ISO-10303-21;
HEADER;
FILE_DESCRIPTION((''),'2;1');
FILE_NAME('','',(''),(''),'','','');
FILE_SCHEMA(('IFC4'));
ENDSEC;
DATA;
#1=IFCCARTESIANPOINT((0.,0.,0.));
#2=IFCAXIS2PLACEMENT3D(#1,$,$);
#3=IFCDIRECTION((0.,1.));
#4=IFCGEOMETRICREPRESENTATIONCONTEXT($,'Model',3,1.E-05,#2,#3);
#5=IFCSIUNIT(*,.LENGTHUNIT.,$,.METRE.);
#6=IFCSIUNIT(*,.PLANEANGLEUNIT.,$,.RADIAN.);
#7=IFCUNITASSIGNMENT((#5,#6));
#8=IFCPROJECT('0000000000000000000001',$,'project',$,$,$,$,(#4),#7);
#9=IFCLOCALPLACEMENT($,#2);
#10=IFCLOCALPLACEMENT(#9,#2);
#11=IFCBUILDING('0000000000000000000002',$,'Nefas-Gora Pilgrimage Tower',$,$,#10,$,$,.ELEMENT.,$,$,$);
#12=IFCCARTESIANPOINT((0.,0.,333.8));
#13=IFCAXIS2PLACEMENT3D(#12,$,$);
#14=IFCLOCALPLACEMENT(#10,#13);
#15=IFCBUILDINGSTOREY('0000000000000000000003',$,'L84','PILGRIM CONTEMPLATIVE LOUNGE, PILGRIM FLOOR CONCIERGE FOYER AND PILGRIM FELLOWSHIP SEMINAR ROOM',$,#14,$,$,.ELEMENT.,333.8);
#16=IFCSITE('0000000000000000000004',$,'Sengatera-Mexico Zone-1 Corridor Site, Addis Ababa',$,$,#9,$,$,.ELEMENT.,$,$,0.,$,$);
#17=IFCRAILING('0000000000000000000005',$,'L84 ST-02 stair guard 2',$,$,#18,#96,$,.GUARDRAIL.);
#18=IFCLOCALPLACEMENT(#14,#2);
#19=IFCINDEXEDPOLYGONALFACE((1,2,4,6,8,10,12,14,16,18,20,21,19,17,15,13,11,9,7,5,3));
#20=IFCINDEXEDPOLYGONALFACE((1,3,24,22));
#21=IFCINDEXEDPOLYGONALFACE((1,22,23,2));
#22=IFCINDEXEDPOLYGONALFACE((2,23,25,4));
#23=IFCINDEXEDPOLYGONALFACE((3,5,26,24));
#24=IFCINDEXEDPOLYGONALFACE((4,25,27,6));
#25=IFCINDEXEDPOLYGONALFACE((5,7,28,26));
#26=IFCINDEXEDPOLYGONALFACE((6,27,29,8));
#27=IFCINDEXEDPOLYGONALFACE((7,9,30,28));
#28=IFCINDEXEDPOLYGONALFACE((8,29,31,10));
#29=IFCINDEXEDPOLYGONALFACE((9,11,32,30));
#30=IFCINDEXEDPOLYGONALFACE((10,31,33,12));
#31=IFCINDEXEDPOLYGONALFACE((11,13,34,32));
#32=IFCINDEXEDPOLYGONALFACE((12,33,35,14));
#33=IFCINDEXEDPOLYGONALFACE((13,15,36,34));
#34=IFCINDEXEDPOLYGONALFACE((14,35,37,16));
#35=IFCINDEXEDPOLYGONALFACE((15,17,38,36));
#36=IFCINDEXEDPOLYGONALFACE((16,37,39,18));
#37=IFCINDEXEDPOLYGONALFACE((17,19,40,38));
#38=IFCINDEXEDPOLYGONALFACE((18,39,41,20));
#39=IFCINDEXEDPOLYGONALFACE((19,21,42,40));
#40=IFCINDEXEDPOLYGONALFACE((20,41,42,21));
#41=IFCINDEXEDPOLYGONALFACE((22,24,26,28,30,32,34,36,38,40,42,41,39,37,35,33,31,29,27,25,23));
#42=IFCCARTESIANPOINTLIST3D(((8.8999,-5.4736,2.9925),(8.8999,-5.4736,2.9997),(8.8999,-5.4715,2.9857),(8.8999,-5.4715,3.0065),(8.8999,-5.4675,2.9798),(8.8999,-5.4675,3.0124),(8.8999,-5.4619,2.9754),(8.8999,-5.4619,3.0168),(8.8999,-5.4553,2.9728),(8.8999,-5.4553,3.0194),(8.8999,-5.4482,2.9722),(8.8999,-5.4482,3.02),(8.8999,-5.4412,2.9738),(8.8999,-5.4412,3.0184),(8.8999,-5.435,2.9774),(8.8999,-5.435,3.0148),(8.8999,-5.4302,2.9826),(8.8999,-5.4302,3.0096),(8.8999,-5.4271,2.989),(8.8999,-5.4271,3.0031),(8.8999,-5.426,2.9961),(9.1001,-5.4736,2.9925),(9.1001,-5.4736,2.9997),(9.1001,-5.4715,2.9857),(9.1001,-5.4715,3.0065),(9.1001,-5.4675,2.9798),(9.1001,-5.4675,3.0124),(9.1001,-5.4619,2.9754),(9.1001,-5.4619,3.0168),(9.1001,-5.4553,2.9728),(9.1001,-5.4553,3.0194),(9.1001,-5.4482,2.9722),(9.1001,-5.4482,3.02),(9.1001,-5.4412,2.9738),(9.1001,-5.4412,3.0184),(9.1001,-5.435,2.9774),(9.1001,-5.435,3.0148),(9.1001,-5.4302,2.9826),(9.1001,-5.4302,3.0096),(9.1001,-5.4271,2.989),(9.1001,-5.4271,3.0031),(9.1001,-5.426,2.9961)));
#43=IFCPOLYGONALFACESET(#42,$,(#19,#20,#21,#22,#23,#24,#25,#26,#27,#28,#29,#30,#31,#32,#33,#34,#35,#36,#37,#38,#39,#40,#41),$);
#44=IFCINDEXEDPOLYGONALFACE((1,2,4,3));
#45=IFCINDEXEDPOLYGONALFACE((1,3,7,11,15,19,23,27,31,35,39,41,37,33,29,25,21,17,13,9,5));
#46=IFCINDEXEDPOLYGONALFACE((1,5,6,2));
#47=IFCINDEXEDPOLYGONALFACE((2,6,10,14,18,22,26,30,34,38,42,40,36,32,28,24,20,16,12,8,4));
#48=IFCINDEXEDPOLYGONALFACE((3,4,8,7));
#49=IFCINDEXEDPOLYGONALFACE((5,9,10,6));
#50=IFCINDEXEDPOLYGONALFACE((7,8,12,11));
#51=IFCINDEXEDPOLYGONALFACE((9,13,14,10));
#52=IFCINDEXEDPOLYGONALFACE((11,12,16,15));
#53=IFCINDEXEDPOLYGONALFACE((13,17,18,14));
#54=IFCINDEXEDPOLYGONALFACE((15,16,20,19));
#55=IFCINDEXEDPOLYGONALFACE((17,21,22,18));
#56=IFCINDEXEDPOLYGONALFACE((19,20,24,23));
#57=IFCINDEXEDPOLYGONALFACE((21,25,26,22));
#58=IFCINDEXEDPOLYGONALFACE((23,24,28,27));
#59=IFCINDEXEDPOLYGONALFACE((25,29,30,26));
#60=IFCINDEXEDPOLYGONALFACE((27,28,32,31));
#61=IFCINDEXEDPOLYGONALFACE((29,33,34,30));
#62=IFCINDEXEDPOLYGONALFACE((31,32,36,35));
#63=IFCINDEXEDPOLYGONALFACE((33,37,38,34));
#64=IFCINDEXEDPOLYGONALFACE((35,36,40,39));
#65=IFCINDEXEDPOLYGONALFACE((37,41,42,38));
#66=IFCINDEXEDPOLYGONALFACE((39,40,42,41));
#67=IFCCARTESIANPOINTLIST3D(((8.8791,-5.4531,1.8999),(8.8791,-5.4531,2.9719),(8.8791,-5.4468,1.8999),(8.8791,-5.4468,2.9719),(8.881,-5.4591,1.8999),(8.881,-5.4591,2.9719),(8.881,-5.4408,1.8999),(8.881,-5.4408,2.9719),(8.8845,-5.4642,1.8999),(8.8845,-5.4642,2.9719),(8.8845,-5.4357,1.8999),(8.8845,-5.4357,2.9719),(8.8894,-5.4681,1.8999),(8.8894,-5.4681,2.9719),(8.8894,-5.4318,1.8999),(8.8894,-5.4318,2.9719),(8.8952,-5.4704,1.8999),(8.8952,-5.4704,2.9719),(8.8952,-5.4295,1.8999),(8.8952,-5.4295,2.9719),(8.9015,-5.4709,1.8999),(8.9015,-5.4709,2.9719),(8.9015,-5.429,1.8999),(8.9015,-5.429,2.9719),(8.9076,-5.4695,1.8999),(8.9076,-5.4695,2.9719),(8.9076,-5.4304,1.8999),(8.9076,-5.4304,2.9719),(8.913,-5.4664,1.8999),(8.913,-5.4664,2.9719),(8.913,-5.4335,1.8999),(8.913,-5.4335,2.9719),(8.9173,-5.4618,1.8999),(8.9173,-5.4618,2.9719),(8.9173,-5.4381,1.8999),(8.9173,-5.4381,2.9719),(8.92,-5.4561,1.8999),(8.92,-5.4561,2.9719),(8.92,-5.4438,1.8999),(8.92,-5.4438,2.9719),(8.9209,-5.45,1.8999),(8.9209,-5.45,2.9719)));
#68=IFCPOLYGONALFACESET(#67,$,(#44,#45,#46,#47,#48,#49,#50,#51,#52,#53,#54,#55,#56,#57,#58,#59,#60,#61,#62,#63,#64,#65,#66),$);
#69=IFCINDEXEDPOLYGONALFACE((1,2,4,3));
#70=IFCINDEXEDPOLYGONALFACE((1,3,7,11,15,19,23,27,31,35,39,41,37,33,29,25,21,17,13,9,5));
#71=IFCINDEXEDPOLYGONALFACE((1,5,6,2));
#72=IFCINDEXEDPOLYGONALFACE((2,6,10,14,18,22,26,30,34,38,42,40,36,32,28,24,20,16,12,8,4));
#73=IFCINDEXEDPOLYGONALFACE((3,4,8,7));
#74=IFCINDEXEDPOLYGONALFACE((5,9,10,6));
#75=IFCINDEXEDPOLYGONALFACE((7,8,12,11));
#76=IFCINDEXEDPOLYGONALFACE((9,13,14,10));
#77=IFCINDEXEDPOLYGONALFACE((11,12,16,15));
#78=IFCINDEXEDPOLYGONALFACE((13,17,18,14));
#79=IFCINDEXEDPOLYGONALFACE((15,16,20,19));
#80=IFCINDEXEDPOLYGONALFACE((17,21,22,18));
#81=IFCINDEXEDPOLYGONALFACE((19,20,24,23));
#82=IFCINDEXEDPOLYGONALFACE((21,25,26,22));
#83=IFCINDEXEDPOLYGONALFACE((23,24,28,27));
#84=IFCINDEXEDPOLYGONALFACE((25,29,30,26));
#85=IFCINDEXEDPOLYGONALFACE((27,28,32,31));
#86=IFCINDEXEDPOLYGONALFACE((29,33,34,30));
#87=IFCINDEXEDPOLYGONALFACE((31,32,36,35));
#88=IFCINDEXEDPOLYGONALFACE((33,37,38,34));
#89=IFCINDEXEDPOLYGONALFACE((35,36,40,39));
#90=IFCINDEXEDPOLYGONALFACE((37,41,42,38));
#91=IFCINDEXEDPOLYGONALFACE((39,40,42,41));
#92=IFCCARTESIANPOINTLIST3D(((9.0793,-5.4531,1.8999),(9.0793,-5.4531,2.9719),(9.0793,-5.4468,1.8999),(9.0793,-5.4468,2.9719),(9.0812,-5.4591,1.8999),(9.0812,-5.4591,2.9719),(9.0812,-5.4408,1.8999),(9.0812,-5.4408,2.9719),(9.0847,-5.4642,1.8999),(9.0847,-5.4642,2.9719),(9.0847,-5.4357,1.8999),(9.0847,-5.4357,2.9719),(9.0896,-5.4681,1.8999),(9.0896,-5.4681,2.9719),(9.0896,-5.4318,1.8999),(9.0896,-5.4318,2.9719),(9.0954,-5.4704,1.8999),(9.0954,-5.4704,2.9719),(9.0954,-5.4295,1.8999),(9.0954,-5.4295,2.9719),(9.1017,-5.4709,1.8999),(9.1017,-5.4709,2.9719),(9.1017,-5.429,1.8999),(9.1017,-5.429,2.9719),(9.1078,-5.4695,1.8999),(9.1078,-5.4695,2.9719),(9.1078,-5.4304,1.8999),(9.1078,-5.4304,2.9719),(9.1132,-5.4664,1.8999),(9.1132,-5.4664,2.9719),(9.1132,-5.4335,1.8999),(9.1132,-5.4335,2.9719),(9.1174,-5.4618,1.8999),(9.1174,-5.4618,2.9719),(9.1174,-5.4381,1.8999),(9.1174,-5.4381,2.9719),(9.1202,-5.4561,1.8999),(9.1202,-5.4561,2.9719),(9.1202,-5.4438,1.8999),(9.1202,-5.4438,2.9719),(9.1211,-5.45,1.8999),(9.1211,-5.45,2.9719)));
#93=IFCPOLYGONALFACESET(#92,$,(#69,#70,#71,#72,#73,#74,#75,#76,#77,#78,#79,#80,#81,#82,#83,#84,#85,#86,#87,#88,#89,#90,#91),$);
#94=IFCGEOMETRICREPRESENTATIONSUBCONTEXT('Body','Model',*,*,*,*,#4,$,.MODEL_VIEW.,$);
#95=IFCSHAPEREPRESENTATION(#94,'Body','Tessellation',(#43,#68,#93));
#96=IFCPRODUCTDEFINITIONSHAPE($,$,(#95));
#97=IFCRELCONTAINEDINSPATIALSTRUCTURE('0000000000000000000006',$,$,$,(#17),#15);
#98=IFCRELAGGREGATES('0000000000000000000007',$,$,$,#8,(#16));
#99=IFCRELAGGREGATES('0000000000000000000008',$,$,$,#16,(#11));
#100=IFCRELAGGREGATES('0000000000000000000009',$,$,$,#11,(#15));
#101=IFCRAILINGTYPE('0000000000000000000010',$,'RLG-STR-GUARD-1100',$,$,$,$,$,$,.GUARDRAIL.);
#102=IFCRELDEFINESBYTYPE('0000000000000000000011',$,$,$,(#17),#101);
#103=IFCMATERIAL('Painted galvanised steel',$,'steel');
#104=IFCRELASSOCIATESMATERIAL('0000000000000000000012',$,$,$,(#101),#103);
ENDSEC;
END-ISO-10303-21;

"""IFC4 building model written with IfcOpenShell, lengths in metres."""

from ifc_helpers import new_model, si_unit, direction, frame, origin, origin_2d, place, context, subcontext, project, spatial, circle, extrude, material, type_object, element, save


model = new_model("IFC4")

# Units and contexts
model_context = context("Model", 3, precision=1e-05, world=origin(), true_north=direction((0.0, 1.0)))
body_context = subcontext(model_context, "Body", "Model", "MODEL_VIEW")
ifc_project = project(units=[si_unit("LENGTHUNIT", "METRE"), si_unit("PLANEANGLEUNIT", "RADIAN")], contexts=[model_context])

# Site, building, storey
site_placement = place(None, origin())
site = spatial("IfcSite", under=ifc_project, at=site_placement, Name="Sengatera-Mexico Zone-1 Corridor Site, Addis Ababa", CompositionType="ELEMENT", RefElevation=0.0)
building_placement = place(site_placement, origin())
building = spatial("IfcBuilding", under=site, at=building_placement, Name="Nefas-Gora Pilgrimage Tower", CompositionType="ELEMENT")
storey_placement = place(building_placement, frame((0.0, 0.0, 333.8)))
storey = spatial("IfcBuildingStorey", under=building, at=storey_placement, Name="L84", Description="PILGRIM CONTEMPLATIVE LOUNGE, PILGRIM FLOOR CONCIERGE FOYER AND PILGRIM FELLOWSHIP SEMINAR ROOM", CompositionType="ELEMENT", Elevation=333.8)

# Railing
ifc_material_1 = material(Name="Painted galvanised steel", Category="steel")
railing_type_1 = type_object("IfcRailingType", Name="RLG-STR-GUARD-1100", PredefinedType="GUARDRAIL", material=ifc_material_1)
railing_1_placement = place(storey_placement, frame((8.8999, -5.45, 1.8999)))
element("IfcRailing", 1, at=railing_1_placement, inside=storey, type_object=railing_type_1, Name="L84 ST-02 stair guard 2", PredefinedType="GUARDRAIL", context=body_context, shape_type="SweptSolid", body=[
    extrude(circle(Radius=0.0239, at=origin_2d()), frame((0.0, 0.0, 1.0962), z_axis=(1.0, 0.0, 0.0), x_axis=(0.0, 1.0, 0.0)), (0.0, 0.0, 1.0), 0.2002),
    extrude(circle(Radius=0.021, at=origin_2d()), origin(), (0.0, 0.0, 1.0), 1.072),
    extrude(circle(Radius=0.021, at=origin_2d()), frame((0.2002, 0.0, 0.0)), (0.0, 0.0, 1.0), 1.072),
])

save(model, "model.ifc")
